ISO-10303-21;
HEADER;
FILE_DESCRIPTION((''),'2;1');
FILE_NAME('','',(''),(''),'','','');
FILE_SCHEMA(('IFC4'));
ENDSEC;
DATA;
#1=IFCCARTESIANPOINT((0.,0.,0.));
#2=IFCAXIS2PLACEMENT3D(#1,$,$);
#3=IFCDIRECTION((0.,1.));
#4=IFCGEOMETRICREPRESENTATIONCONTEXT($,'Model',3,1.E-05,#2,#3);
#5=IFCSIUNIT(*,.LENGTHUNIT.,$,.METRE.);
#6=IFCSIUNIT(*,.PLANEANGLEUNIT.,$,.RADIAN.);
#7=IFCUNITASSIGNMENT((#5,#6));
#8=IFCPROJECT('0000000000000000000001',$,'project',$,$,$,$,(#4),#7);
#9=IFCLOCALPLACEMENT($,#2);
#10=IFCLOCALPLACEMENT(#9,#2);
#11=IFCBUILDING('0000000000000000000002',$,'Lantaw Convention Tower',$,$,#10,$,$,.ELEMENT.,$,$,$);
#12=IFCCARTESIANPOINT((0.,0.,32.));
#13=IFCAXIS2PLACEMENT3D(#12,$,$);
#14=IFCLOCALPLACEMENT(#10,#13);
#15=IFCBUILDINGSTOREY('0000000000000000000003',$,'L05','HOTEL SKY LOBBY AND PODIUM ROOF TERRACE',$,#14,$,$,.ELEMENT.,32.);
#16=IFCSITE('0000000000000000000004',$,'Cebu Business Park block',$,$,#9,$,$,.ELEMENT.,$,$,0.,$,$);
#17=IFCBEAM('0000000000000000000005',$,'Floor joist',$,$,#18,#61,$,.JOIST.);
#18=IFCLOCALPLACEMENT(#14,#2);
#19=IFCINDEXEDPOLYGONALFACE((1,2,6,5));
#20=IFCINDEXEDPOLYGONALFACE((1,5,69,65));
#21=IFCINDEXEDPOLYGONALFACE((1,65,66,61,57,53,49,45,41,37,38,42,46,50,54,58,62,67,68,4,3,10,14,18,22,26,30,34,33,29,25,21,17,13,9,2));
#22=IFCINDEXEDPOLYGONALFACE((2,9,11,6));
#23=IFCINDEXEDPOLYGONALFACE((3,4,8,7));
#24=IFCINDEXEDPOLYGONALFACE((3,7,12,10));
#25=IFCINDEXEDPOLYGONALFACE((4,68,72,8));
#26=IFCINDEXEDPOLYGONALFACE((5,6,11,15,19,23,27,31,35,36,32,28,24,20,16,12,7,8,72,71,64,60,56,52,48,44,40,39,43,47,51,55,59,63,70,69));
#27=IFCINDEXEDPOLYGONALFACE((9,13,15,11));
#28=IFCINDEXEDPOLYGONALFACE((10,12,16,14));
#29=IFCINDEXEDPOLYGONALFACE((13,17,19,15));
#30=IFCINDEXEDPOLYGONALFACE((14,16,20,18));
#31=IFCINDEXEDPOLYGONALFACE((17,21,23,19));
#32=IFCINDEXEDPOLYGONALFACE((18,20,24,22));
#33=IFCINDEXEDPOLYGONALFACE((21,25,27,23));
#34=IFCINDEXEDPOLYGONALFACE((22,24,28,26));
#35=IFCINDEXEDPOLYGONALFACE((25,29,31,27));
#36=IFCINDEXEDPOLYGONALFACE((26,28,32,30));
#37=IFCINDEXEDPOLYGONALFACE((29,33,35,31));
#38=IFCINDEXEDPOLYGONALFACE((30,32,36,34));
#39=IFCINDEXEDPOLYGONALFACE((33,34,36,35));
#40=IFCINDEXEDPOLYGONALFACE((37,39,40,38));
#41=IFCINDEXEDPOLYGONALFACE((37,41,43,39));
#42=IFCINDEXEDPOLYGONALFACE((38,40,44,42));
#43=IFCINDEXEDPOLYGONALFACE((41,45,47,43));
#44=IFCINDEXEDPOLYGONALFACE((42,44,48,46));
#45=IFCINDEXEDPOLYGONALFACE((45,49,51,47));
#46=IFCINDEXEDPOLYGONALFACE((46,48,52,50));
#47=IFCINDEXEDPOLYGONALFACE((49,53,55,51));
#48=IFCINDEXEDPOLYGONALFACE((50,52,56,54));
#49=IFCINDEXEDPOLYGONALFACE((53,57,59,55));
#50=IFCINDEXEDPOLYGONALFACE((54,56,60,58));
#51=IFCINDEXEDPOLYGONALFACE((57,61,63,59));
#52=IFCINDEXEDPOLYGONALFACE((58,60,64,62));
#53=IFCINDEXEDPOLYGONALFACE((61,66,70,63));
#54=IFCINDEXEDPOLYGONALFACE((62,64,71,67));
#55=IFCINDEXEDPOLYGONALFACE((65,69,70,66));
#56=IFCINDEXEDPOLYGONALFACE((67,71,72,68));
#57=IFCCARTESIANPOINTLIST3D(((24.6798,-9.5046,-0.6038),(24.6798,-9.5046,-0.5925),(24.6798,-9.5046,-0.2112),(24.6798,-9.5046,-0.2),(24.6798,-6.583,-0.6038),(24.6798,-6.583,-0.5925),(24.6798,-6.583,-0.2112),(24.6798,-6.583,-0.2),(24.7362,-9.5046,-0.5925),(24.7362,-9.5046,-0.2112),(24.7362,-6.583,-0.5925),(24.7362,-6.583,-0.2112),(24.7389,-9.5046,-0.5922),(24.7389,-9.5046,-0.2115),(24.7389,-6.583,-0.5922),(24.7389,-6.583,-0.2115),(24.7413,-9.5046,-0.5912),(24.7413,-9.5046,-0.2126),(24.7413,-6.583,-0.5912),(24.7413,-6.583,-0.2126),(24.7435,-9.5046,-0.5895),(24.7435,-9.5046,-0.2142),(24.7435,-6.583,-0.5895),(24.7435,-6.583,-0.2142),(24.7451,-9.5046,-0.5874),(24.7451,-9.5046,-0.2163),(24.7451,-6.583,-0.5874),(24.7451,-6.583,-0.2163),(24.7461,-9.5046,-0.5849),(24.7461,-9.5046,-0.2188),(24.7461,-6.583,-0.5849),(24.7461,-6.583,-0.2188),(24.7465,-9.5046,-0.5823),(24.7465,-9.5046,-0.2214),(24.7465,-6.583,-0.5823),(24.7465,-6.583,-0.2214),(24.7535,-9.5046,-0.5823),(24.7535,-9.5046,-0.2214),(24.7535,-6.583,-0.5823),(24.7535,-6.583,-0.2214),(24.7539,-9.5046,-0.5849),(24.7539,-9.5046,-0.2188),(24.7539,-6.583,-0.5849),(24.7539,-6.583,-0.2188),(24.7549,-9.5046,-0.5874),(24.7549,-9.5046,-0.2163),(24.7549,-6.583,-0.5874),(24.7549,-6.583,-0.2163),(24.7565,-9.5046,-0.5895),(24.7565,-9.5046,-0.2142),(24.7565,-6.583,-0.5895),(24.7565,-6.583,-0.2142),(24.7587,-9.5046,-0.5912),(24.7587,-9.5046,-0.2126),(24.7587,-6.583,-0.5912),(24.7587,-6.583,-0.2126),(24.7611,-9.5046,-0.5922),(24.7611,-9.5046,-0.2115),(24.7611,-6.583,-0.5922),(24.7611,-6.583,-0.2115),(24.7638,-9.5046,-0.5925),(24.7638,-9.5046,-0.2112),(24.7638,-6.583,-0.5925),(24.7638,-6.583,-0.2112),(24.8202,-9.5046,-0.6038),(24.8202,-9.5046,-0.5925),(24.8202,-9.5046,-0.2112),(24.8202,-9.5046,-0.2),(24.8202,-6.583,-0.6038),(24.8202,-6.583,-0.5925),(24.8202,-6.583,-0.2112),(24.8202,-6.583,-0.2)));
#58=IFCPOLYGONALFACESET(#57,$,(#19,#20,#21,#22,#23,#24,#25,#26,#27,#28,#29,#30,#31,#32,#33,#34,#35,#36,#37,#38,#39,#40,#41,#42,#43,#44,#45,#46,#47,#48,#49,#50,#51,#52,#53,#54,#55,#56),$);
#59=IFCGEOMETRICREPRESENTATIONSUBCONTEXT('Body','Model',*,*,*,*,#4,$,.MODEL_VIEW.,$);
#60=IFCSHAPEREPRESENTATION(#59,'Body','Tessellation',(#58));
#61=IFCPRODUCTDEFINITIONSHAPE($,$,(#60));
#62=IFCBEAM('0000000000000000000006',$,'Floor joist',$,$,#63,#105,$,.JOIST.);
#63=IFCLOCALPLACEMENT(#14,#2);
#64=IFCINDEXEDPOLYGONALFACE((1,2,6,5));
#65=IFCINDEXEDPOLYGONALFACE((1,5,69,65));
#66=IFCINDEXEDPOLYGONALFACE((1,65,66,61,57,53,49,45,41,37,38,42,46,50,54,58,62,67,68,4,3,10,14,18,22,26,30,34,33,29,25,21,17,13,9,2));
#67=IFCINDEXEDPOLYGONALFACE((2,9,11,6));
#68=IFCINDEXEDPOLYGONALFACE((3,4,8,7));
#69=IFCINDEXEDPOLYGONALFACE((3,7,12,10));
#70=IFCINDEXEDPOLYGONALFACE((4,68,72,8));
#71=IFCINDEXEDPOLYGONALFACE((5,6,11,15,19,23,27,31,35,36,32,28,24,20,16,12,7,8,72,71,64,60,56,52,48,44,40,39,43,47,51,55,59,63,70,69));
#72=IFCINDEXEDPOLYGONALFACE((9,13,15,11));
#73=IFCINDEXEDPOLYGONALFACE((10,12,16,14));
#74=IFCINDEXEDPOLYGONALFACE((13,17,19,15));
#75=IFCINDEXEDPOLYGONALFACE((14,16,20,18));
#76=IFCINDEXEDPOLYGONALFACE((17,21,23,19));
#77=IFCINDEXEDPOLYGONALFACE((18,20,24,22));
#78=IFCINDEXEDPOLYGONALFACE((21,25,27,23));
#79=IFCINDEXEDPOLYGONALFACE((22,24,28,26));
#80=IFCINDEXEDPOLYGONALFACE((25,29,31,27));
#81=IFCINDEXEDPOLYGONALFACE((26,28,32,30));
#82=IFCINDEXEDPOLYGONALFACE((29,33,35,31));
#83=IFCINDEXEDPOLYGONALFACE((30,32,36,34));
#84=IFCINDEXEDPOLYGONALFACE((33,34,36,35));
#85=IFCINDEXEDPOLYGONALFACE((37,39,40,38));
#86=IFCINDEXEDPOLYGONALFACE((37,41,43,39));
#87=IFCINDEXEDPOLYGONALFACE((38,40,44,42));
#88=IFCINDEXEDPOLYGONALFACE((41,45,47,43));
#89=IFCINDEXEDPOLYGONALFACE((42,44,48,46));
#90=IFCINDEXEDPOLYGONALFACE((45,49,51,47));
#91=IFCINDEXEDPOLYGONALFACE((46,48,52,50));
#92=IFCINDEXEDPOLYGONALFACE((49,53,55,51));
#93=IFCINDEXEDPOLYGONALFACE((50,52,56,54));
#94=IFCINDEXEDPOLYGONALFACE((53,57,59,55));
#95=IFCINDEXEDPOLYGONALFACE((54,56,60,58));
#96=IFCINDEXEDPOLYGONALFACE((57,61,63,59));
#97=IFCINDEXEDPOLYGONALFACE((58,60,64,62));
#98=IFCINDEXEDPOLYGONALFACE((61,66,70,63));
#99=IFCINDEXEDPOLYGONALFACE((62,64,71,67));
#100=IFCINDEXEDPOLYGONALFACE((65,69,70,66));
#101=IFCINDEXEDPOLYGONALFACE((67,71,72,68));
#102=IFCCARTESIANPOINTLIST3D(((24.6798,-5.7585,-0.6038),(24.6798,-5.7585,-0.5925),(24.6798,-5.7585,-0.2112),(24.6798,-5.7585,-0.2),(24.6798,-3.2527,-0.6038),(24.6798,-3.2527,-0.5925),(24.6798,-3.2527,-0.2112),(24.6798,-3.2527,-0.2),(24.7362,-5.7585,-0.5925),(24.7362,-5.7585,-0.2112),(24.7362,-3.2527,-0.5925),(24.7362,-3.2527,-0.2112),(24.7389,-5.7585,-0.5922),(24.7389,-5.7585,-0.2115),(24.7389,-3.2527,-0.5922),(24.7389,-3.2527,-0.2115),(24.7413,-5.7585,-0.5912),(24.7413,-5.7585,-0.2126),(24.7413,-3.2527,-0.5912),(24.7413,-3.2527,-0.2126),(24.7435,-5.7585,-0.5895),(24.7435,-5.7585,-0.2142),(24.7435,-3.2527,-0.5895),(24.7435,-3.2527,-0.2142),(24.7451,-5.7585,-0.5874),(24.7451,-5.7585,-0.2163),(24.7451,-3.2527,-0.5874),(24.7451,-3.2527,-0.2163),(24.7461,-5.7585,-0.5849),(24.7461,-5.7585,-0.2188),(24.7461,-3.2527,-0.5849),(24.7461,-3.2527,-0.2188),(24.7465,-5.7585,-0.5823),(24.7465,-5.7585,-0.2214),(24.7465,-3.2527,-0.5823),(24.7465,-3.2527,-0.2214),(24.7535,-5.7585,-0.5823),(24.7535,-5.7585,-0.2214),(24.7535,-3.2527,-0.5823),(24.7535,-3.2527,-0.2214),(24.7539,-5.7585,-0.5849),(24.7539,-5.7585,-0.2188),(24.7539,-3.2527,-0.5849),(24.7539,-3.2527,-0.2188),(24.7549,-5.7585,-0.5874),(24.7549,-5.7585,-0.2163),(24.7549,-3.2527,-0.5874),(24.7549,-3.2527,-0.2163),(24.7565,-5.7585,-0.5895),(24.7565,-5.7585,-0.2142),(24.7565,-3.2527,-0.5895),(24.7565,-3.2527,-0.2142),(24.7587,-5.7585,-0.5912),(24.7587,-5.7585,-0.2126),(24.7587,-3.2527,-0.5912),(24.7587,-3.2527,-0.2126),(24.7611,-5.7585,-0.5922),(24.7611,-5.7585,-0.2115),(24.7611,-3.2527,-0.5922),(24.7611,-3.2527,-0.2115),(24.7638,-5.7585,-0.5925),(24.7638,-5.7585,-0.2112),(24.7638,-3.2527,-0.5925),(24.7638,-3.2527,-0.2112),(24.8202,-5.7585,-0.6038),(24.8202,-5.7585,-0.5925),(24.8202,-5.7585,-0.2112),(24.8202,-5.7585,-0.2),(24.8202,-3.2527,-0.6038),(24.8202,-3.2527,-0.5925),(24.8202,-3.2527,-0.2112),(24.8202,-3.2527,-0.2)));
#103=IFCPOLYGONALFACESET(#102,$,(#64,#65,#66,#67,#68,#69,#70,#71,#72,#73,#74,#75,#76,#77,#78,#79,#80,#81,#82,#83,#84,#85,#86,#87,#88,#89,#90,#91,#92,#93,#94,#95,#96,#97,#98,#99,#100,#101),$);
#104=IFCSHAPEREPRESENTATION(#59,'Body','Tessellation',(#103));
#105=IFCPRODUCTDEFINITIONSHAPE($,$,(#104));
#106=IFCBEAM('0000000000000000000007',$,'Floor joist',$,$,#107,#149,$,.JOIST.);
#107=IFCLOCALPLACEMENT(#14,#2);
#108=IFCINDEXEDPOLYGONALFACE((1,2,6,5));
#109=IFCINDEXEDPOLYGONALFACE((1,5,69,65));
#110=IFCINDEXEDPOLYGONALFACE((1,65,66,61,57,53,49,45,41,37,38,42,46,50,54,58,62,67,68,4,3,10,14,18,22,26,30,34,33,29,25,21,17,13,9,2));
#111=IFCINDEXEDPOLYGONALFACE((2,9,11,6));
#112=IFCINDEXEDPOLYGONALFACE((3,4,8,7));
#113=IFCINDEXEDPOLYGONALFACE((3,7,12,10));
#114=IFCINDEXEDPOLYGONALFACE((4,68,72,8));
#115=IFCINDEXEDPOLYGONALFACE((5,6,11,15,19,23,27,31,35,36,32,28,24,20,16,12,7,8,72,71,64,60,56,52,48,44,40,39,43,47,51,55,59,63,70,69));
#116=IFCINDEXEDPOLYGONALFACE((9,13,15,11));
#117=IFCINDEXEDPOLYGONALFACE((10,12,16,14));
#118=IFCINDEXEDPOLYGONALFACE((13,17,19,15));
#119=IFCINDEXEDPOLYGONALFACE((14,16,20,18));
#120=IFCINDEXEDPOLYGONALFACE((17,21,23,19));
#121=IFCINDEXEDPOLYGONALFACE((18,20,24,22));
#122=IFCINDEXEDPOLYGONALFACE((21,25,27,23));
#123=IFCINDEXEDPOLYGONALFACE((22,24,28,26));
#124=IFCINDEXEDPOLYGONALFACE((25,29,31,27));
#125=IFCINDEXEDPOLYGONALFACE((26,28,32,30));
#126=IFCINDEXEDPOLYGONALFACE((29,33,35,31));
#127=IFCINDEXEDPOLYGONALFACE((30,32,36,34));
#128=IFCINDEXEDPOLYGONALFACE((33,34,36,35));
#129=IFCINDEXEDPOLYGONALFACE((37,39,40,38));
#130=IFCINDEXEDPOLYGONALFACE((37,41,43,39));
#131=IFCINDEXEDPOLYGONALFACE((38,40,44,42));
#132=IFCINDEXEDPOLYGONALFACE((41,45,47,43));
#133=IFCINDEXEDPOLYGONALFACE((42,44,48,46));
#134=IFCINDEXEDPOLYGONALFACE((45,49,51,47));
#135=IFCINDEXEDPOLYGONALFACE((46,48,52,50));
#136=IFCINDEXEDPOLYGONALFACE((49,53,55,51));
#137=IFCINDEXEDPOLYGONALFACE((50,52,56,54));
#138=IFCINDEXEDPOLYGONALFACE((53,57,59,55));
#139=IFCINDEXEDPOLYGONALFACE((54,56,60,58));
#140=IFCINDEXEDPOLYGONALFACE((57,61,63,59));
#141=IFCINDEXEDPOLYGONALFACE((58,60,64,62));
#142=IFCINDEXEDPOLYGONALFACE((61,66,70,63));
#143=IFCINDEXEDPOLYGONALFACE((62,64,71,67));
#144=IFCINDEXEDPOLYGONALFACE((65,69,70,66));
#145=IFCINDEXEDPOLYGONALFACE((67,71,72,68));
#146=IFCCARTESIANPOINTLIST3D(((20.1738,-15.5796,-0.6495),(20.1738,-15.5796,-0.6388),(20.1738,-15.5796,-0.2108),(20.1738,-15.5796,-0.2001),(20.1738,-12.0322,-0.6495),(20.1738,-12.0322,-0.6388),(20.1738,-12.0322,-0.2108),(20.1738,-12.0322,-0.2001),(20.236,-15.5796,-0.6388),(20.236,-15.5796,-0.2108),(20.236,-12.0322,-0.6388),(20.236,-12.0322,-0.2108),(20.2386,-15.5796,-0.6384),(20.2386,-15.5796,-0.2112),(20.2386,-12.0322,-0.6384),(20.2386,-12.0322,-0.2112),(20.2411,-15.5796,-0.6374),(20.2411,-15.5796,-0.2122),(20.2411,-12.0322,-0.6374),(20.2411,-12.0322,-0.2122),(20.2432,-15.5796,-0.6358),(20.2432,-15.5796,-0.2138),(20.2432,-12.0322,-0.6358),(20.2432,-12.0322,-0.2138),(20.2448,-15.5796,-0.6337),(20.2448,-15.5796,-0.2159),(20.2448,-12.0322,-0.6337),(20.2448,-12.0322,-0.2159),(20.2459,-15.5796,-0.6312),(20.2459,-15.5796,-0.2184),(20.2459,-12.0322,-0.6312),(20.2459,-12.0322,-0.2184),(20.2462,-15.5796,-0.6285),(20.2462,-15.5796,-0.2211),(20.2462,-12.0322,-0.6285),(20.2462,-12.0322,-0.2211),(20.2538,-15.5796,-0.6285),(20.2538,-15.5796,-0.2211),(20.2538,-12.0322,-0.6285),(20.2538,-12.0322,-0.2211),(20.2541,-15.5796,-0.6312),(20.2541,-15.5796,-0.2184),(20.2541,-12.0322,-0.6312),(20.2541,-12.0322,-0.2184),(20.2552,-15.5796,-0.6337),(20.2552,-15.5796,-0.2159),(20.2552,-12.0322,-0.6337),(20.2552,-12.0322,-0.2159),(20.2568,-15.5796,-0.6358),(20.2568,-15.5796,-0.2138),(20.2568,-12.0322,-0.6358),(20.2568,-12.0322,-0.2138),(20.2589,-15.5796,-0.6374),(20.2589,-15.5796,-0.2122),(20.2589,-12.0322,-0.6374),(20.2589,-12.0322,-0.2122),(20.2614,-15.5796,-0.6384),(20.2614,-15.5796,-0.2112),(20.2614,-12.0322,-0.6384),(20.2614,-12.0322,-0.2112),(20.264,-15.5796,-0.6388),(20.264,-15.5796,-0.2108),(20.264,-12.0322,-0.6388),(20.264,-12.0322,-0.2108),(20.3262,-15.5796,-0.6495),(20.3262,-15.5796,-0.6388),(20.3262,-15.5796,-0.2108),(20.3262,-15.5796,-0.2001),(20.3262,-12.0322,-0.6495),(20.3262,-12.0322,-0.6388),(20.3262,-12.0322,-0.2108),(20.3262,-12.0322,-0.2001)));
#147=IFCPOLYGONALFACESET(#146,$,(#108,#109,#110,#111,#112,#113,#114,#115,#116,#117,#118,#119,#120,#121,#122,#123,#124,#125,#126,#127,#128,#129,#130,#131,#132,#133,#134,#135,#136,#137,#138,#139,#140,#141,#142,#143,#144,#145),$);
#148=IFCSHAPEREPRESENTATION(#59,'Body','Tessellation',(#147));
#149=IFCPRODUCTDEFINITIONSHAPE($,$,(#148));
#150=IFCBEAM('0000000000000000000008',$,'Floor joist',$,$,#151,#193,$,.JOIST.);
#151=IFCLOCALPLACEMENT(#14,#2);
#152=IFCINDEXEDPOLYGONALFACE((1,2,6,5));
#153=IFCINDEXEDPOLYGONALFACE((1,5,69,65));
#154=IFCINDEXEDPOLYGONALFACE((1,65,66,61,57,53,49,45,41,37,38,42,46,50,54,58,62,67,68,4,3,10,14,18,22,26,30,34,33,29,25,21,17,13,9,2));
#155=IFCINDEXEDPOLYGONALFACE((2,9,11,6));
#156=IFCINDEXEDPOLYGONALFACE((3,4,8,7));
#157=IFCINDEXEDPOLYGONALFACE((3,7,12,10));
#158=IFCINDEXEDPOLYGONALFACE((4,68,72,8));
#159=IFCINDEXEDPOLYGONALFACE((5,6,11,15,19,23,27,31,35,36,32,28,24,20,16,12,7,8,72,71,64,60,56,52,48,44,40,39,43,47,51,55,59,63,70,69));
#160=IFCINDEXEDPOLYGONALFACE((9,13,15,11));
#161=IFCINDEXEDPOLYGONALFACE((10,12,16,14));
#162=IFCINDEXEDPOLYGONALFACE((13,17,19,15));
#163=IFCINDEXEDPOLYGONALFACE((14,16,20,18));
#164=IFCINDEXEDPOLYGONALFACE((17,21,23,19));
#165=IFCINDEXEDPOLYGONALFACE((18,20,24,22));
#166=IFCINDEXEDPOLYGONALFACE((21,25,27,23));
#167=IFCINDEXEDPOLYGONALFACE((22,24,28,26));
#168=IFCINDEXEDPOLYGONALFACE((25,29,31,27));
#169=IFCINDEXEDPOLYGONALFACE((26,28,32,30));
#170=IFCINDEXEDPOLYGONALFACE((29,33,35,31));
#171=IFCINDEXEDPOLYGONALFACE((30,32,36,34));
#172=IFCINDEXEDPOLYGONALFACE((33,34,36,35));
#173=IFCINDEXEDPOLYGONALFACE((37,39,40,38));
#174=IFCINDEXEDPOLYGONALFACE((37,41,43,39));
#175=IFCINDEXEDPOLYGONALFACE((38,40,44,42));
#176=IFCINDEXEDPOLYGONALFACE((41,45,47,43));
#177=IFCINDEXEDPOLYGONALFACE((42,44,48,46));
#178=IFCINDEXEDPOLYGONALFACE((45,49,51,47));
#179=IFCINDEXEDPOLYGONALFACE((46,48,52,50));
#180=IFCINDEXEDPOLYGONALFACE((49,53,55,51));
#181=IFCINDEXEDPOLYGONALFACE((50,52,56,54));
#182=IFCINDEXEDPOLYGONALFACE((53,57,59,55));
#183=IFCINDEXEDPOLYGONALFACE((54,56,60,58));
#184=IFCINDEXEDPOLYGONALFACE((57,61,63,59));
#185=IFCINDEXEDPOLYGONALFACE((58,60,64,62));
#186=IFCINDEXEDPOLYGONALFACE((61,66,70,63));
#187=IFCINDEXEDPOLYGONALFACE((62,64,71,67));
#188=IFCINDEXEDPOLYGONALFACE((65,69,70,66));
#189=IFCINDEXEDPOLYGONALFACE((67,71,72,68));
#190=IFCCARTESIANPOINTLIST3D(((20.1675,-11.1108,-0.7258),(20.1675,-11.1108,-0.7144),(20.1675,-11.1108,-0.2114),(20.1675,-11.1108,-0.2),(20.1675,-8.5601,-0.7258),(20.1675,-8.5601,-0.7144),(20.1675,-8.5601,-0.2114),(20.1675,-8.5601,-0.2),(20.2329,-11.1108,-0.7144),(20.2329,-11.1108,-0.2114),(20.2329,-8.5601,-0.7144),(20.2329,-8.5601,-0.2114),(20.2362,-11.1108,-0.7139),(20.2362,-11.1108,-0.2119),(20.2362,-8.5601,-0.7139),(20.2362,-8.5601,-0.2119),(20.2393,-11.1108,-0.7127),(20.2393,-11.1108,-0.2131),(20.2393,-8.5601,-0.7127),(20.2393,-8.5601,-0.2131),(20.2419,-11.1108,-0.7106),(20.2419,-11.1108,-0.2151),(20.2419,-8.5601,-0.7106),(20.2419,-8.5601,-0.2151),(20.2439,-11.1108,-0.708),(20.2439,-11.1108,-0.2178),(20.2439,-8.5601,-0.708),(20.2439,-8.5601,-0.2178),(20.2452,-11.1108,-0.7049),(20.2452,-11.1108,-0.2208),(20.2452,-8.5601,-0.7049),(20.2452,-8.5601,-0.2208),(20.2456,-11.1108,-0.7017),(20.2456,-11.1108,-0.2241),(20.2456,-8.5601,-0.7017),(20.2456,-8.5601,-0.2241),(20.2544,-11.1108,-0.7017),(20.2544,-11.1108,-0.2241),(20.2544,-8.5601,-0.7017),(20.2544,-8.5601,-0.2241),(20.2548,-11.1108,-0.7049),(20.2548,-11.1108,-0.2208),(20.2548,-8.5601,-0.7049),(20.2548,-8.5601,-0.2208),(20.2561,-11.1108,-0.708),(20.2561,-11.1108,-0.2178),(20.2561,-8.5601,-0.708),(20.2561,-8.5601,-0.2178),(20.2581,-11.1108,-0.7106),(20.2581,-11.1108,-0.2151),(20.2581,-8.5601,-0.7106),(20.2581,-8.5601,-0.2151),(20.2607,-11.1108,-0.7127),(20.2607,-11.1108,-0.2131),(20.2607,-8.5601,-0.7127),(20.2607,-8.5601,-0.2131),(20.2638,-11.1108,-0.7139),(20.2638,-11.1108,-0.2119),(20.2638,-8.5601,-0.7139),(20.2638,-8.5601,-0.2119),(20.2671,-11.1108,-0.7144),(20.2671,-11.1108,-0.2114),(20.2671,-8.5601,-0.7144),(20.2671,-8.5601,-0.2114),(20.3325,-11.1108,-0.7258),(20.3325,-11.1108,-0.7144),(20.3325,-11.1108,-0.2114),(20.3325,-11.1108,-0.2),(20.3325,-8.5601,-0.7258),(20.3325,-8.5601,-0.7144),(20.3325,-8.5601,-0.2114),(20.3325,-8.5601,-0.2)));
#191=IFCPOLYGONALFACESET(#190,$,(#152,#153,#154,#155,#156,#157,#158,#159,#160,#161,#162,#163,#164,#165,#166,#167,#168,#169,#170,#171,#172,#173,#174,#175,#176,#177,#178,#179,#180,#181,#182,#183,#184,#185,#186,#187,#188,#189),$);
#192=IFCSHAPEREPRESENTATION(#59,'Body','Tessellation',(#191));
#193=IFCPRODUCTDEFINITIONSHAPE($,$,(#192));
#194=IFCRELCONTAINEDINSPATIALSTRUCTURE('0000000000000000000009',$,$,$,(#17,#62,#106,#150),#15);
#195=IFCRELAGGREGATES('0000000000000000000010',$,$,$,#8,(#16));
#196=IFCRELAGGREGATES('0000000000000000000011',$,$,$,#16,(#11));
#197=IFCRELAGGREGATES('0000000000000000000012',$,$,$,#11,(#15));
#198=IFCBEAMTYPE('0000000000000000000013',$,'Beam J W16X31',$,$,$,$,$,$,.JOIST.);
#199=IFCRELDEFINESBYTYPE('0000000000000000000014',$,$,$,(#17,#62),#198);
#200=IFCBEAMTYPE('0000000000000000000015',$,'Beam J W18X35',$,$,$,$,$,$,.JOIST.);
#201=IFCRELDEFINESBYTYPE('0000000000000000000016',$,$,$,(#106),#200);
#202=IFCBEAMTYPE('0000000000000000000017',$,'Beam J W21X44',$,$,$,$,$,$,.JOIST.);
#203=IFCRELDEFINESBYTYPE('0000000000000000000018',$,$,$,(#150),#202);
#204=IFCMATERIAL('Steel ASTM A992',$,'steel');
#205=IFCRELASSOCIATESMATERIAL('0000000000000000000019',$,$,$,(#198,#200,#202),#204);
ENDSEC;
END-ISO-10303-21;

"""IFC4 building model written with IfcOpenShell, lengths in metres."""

from ifc_helpers import new_model, si_unit, direction, frame, origin, origin_2d, place, context, subcontext, project, spatial, i_section, extrude, material, material_profile, profile_set, type_object, element, save


model = new_model("IFC4")

# Units and contexts
model_context = context("Model", 3, precision=1e-05, world=origin(), true_north=direction((0.0, 1.0)))
body_context = subcontext(model_context, "Body", "Model", "MODEL_VIEW")
ifc_project = project(units=[si_unit("LENGTHUNIT", "METRE"), si_unit("PLANEANGLEUNIT", "RADIAN")], contexts=[model_context])

# Site, building, storey
site_placement = place(None, origin())
site = spatial("IfcSite", under=ifc_project, at=site_placement, Name="Cebu Business Park block", CompositionType="ELEMENT", RefElevation=0.0)
building_placement = place(site_placement, origin())
building = spatial("IfcBuilding", under=site, at=building_placement, Name="Lantaw Convention Tower", CompositionType="ELEMENT")
storey_placement = place(building_placement, frame((0.0, 0.0, 32.0)))
storey = spatial("IfcBuildingStorey", under=building, at=storey_placement, Name="L05", Description="HOTEL SKY LOBBY AND PODIUM ROOF TERRACE", CompositionType="ELEMENT", Elevation=32.0)

# Beams
ifc_material_1 = material(Name="Steel ASTM A992", Category="steel")
ifc_material_profile_1 = material_profile(ifc_material_1, i_section(OverallWidth=0.1404, OverallDepth=0.4038, WebThickness=0.0071, FlangeThickness=0.0112, FilletRadius=0.0103, at=origin_2d()), Name="W16X31")
ifc_profile_set_1 = profile_set([ifc_material_profile_1], Name="Steel ASTM A992")
beam_type_1 = type_object("IfcBeamType", Name="Beam J W16X31", PredefinedType="JOIST", material=ifc_profile_set_1)
beam_1_placement = place(storey_placement, frame((24.75, -9.5046, -0.4019), z_axis=(0.0, 1.0, 0.0), x_axis=(-1.0, 0.0, 0.0)))
element("IfcBeam", 1, at=beam_1_placement, inside=storey, type_object=beam_type_1, Name="Floor joist", PredefinedType="JOIST", context=body_context, shape_type="SweptSolid", body=[
    extrude(i_section(OverallWidth=0.1404, OverallDepth=0.4038, WebThickness=0.0071, FlangeThickness=0.0112, FilletRadius=0.0103, at=origin_2d()), origin(), (0.0, 0.0, 1.0), 2.9216),
])
beam_2_placement = place(storey_placement, frame((24.75, -5.7585, -0.4019), z_axis=(0.0, 1.0, 0.0), x_axis=(-1.0, 0.0, 0.0)))
element("IfcBeam", 2, at=beam_2_placement, inside=storey, type_object=beam_type_1, Name="Floor joist", PredefinedType="JOIST", context=body_context, shape_type="SweptSolid", body=[
    extrude(i_section(OverallWidth=0.1404, OverallDepth=0.4038, WebThickness=0.0071, FlangeThickness=0.0112, FilletRadius=0.0103, at=origin_2d()), origin(), (0.0, 0.0, 1.0), 2.5059),
])
ifc_material_profile_2 = material_profile(ifc_material_1, i_section(OverallWidth=0.1523, OverallDepth=0.4495, WebThickness=0.0076, FlangeThickness=0.0107, FilletRadius=0.0103, at=origin_2d()), Name="W18X35")
ifc_profile_set_2 = profile_set([ifc_material_profile_2], Name="Steel ASTM A992")
beam_type_2 = type_object("IfcBeamType", Name="Beam J W18X35", PredefinedType="JOIST", material=ifc_profile_set_2)
beam_3_placement = place(storey_placement, frame((20.25, -15.5796, -0.4248), z_axis=(0.0, 1.0, 0.0), x_axis=(-1.0, 0.0, 0.0)))
element("IfcBeam", 3, at=beam_3_placement, inside=storey, type_object=beam_type_2, Name="Floor joist", PredefinedType="JOIST", context=body_context, shape_type="SweptSolid", body=[
    extrude(i_section(OverallWidth=0.1523, OverallDepth=0.4495, WebThickness=0.0076, FlangeThickness=0.0107, FilletRadius=0.0103, at=origin_2d()), origin(), (0.0, 0.0, 1.0), 3.5474),
])
ifc_material_profile_3 = material_profile(ifc_material_1, i_section(OverallWidth=0.165, OverallDepth=0.5259, WebThickness=0.0088, FlangeThickness=0.0115, FilletRadius=0.0127, at=origin_2d()), Name="W21X44")
ifc_profile_set_3 = profile_set([ifc_material_profile_3], Name="Steel ASTM A992")
beam_type_3 = type_object("IfcBeamType", Name="Beam J W21X44", PredefinedType="JOIST", material=ifc_profile_set_3)
beam_4_placement = place(storey_placement, frame((20.25, -11.1108, -0.4629), z_axis=(0.0, 1.0, 0.0), x_axis=(-1.0, 0.0, 0.0)))
element("IfcBeam", 4, at=beam_4_placement, inside=storey, type_object=beam_type_3, Name="Floor joist", PredefinedType="JOIST", context=body_context, shape_type="SweptSolid", body=[
    extrude(i_section(OverallWidth=0.165, OverallDepth=0.5259, WebThickness=0.0088, FlangeThickness=0.0115, FilletRadius=0.0127, at=origin_2d()), origin(), (0.0, 0.0, 1.0), 2.5508),
])

save(model, "model.ifc")
